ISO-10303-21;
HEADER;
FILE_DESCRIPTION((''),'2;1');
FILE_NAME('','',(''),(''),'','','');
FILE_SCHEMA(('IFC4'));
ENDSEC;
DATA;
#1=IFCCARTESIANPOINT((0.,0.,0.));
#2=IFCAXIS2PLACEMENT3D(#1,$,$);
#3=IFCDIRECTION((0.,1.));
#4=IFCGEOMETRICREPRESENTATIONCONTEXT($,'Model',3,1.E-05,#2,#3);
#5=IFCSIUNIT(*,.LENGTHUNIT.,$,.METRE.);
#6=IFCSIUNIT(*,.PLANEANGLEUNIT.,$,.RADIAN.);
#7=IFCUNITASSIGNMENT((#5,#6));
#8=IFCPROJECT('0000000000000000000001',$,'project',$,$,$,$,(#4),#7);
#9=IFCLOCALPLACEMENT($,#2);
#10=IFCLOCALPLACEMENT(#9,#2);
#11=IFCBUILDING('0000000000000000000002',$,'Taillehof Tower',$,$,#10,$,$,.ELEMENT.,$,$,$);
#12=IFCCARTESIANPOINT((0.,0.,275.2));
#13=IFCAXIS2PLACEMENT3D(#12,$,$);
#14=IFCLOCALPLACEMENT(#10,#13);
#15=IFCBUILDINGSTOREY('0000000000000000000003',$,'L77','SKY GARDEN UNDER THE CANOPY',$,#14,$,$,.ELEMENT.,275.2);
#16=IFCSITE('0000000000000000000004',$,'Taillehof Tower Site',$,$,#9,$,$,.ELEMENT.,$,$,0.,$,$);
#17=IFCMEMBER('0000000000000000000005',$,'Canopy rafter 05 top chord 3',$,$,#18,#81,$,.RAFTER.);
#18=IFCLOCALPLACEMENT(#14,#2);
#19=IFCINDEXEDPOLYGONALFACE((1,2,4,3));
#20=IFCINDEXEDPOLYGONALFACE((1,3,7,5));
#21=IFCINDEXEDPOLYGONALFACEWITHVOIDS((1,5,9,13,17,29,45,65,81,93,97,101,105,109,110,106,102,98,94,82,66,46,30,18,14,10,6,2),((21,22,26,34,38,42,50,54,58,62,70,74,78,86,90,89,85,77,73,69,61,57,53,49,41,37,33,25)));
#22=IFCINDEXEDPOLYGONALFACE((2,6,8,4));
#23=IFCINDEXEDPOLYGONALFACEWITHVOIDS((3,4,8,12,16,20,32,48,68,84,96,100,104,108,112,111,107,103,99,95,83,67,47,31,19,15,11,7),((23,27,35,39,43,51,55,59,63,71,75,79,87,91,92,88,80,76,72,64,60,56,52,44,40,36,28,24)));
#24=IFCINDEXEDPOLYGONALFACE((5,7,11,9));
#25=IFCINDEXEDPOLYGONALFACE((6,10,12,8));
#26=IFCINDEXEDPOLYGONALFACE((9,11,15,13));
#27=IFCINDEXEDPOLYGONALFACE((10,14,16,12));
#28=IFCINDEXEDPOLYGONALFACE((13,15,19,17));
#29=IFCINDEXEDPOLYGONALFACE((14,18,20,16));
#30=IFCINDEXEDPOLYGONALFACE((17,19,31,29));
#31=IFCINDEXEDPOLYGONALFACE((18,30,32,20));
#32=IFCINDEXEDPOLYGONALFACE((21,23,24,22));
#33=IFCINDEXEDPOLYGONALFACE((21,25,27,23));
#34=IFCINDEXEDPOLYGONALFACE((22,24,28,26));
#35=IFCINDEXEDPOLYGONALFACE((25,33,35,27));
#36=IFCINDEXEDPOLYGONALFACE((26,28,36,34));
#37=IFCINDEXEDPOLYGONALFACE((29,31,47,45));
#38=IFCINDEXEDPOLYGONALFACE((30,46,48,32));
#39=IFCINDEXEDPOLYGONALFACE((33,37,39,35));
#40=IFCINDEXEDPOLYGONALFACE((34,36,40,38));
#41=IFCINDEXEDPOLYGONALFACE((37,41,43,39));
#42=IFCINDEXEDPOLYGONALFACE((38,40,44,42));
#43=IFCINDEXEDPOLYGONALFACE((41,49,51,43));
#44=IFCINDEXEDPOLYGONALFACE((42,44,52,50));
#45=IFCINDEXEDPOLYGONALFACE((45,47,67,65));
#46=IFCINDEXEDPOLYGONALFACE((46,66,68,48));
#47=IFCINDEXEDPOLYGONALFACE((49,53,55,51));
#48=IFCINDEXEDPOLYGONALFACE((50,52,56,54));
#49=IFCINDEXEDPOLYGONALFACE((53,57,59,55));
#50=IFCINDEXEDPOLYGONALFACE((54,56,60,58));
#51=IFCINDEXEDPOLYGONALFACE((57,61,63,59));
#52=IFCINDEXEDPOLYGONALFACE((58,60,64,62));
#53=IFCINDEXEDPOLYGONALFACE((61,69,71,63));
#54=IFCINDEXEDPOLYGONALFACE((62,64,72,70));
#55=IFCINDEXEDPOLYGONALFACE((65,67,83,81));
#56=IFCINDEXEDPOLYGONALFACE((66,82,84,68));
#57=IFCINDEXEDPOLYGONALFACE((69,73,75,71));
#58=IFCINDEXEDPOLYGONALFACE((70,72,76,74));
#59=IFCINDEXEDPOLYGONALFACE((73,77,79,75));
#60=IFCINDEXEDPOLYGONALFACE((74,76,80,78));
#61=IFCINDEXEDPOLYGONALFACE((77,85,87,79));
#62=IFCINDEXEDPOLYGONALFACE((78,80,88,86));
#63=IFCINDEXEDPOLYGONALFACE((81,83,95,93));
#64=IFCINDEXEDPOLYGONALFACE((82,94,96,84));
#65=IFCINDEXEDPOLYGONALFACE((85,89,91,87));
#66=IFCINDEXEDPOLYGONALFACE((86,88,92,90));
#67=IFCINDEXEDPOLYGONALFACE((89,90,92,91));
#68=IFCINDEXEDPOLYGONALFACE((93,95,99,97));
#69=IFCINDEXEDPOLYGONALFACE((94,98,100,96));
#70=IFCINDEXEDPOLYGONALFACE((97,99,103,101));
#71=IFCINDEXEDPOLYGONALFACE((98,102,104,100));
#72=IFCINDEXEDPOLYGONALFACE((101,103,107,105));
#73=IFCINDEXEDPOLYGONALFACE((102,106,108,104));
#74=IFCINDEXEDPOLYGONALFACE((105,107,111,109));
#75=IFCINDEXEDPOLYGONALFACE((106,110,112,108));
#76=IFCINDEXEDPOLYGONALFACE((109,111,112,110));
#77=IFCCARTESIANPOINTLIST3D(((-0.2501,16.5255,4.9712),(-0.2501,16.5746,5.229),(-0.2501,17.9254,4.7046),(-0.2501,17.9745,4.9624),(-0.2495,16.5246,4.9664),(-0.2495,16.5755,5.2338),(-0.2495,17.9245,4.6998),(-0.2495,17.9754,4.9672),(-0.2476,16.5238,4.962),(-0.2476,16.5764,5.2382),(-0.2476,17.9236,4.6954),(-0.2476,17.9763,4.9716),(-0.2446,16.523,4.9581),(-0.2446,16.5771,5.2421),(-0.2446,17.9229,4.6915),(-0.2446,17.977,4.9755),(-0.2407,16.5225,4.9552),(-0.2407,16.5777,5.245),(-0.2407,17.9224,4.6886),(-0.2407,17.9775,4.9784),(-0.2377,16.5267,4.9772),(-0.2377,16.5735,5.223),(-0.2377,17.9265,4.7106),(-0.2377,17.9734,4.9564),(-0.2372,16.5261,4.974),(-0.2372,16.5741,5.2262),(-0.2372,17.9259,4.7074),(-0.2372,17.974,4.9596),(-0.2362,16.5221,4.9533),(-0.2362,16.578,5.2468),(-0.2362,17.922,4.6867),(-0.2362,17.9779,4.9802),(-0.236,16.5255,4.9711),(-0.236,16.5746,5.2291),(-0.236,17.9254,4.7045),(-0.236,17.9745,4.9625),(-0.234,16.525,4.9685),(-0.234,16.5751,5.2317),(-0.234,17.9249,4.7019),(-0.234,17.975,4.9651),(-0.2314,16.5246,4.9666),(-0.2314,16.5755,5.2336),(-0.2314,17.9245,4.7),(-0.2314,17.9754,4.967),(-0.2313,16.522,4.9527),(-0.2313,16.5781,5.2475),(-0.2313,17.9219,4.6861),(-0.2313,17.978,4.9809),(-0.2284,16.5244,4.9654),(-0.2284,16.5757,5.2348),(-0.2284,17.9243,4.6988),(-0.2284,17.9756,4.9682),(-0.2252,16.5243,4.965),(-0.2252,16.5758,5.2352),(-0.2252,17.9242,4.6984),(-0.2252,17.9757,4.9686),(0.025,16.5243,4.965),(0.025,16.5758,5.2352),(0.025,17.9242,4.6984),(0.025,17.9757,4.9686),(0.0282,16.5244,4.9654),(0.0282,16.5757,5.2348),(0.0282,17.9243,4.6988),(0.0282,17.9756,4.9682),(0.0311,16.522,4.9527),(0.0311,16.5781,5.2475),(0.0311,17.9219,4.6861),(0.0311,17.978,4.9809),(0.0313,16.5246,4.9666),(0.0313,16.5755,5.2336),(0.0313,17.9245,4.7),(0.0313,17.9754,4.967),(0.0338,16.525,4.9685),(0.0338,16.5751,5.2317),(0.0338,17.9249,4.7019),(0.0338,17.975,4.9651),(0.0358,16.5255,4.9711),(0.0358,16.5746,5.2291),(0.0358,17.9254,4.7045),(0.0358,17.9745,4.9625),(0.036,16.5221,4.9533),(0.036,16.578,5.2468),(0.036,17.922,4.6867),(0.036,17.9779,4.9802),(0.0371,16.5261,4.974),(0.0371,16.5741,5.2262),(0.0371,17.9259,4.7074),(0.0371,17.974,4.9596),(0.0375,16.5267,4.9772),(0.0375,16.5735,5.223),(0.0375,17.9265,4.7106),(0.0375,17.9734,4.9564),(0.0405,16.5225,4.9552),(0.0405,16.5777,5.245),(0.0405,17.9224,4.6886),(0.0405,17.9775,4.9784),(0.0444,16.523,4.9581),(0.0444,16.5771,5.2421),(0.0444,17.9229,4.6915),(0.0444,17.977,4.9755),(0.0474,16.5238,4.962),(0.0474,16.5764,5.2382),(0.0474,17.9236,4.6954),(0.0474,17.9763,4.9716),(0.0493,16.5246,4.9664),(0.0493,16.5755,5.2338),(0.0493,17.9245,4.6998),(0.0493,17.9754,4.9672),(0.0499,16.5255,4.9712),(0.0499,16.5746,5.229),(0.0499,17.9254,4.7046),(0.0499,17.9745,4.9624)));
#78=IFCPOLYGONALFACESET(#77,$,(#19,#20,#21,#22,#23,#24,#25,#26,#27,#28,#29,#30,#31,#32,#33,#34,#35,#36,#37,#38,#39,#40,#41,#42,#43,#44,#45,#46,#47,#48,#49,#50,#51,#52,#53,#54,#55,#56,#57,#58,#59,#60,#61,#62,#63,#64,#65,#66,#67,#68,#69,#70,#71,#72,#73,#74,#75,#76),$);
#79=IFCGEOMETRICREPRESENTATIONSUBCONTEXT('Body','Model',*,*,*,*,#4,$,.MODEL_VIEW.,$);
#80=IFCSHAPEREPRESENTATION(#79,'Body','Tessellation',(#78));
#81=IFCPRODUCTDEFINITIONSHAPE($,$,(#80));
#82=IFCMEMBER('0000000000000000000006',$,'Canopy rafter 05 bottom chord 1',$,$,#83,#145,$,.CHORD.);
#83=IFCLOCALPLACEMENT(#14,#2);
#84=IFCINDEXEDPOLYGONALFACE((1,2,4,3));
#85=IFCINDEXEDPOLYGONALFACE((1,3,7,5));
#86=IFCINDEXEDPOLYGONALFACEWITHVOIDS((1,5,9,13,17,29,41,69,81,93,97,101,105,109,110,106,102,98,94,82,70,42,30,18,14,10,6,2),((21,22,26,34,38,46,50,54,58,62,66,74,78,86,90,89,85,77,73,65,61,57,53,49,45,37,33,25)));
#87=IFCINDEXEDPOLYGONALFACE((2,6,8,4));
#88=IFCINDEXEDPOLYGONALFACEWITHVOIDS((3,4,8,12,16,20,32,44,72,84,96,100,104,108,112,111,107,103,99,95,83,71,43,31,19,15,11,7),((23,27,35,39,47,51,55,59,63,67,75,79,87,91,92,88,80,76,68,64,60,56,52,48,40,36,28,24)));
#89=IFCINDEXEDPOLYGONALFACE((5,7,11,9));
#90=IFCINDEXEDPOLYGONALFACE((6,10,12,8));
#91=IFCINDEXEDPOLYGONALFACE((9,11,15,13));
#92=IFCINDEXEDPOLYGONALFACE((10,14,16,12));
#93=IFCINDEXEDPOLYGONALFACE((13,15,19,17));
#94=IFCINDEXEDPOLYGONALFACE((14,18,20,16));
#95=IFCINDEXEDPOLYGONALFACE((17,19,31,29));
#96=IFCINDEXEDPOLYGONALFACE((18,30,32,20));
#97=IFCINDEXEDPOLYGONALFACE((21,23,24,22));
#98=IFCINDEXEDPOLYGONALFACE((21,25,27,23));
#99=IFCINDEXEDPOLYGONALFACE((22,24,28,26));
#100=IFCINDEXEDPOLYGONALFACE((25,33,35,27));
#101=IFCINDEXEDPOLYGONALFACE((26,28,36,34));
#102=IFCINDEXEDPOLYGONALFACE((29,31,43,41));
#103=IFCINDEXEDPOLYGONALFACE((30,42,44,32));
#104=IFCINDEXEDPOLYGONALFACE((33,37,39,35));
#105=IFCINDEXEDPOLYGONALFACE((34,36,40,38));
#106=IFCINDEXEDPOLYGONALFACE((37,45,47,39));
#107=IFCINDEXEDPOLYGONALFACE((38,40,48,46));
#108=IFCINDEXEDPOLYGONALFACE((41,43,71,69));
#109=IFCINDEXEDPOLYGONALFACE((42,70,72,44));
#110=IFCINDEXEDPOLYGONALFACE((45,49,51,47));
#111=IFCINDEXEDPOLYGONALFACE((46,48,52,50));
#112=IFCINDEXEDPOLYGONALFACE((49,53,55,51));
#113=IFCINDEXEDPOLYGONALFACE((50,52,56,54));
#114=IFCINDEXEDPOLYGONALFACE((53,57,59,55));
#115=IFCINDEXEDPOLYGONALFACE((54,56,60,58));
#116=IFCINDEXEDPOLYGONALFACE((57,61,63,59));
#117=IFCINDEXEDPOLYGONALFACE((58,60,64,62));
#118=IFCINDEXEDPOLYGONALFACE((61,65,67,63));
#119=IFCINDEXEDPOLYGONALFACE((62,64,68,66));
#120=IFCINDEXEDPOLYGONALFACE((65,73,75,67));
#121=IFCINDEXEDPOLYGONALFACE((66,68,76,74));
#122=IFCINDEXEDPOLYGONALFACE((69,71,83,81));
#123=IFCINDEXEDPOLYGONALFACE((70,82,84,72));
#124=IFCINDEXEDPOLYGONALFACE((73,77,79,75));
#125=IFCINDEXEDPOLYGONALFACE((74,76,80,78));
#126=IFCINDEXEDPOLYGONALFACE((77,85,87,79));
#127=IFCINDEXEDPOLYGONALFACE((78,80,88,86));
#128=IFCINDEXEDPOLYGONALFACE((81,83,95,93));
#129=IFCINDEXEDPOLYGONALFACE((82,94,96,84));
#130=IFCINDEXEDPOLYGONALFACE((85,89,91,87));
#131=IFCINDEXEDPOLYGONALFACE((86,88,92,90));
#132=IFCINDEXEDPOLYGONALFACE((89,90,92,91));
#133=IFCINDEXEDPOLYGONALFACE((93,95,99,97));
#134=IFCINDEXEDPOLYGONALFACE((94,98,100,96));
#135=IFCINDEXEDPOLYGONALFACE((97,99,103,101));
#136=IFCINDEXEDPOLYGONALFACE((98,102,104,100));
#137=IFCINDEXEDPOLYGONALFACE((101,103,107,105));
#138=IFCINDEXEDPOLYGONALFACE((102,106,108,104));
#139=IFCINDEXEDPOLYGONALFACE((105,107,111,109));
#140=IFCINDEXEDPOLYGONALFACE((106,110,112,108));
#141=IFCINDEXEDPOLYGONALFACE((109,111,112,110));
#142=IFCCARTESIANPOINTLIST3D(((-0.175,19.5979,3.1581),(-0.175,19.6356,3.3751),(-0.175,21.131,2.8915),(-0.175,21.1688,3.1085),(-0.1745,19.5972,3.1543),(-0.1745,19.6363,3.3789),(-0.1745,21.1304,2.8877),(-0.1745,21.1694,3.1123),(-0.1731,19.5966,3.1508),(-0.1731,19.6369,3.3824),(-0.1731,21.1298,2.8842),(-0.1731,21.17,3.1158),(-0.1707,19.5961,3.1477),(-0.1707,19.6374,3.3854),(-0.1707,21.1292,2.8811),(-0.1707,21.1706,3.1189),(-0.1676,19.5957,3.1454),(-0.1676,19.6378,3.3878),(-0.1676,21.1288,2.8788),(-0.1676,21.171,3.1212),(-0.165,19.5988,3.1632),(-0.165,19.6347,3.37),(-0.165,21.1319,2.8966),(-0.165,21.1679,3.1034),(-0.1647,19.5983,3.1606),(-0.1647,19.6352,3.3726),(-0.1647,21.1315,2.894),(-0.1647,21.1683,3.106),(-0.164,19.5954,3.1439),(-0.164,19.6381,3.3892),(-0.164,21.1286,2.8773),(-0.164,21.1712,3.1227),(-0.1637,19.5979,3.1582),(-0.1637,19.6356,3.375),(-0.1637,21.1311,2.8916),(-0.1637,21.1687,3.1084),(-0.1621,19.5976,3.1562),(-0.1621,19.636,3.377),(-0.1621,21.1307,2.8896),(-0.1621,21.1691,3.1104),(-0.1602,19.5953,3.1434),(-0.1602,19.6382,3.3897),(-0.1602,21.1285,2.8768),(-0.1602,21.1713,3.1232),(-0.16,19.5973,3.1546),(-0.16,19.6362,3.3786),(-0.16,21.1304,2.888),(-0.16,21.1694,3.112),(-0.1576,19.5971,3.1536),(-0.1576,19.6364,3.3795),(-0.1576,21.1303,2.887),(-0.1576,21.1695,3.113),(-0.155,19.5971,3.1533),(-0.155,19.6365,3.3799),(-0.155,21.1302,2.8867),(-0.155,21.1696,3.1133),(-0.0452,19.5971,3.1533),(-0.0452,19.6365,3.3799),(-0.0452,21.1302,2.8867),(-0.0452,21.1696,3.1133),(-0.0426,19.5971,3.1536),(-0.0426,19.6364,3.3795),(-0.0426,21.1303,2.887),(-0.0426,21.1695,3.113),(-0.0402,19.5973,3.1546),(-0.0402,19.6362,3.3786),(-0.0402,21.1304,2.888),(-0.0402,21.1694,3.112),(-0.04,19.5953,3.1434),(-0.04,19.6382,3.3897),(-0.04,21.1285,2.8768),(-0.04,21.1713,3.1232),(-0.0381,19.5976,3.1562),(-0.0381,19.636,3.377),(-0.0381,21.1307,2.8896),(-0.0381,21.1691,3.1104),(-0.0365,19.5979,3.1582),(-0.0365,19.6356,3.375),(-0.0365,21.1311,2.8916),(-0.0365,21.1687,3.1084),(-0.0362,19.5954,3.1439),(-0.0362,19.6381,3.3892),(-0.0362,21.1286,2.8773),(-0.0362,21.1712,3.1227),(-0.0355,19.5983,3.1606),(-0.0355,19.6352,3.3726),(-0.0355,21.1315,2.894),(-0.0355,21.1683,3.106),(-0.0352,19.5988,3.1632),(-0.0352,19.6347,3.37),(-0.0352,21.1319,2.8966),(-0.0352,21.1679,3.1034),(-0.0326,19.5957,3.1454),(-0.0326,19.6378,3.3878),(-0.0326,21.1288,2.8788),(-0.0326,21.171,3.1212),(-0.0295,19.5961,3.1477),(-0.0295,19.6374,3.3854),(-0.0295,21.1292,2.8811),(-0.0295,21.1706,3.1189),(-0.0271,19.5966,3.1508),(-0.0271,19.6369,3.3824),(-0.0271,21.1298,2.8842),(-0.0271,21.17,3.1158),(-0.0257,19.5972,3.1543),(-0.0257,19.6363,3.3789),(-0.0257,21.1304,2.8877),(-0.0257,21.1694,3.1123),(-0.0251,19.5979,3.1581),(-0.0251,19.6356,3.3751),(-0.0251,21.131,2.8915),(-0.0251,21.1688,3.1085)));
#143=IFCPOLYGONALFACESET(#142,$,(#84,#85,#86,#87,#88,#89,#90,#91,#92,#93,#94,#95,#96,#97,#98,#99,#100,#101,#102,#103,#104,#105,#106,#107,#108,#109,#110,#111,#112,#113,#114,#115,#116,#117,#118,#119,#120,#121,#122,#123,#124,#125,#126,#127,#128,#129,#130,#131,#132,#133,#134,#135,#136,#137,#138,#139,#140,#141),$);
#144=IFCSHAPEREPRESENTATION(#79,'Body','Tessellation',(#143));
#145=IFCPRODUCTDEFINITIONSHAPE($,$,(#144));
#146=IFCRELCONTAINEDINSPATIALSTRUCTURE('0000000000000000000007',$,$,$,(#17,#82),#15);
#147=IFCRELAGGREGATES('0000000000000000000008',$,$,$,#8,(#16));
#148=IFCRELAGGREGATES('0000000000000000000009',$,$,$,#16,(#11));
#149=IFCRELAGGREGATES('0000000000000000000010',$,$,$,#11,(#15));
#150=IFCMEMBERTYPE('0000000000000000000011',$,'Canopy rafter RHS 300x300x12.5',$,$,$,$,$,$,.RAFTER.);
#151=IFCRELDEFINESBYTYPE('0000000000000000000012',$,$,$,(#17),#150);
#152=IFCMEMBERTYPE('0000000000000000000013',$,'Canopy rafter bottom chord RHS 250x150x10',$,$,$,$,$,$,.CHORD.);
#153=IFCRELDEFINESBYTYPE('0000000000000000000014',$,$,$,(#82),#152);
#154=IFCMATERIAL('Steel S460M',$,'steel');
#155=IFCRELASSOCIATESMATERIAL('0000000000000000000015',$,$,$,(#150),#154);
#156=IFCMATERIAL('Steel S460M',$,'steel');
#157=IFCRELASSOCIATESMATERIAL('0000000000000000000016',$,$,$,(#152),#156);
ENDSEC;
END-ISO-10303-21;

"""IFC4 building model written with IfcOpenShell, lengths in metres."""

from ifc_helpers import new_model, si_unit, direction, frame, origin, origin_2d, place, context, subcontext, project, spatial, hollow_rectangle, extrude, material, material_profile, profile_set, type_object, element, save


model = new_model("IFC4")

# Units and contexts
model_context = context("Model", 3, precision=1e-05, world=origin(), true_north=direction((0.0, 1.0)))
body_context = subcontext(model_context, "Body", "Model", "MODEL_VIEW")
ifc_project = project(units=[si_unit("LENGTHUNIT", "METRE"), si_unit("PLANEANGLEUNIT", "RADIAN")], contexts=[model_context])

# Site, building, storey
site_placement = place(None, origin())
site = spatial("IfcSite", under=ifc_project, at=site_placement, Name="Taillehof Tower Site", CompositionType="ELEMENT", RefElevation=0.0)
building_placement = place(site_placement, origin())
building = spatial("IfcBuilding", under=site, at=building_placement, Name="Taillehof Tower", CompositionType="ELEMENT")
storey_placement = place(building_placement, frame((0.0, 0.0, 275.2)))
storey = spatial("IfcBuildingStorey", under=building, at=storey_placement, Name="L77", Description="SKY GARDEN UNDER THE CANOPY", CompositionType="ELEMENT", Elevation=275.2)

# Members
ifc_material_1 = material(Name="Steel S460M", Category="steel")
ifc_material_profile_1 = material_profile(ifc_material_1, hollow_rectangle(XDim=0.3, YDim=0.3, WallThickness=0.0125, InnerFilletRadius=0.0125, OuterFilletRadius=0.0188, at=origin_2d()), Name="RHS 300x300x12.5")
ifc_profile_set_1 = profile_set([ifc_material_profile_1], Name="Steel S460M")
member_type_1 = type_object("IfcMemberType", Name="Canopy rafter RHS 300x300x12.5", PredefinedType="RAFTER", material=ifc_profile_set_1)
member_1_placement = place(storey_placement, frame((-0.1001, 17.95, 4.8335), z_axis=(0.0, -0.982345, 0.187081), x_axis=(1.0, 0.0, 0.0)))
element("IfcMember", 1, at=member_1_placement, inside=storey, type_object=member_type_1, Name="Canopy rafter 05 top chord 3", PredefinedType="RAFTER", context=body_context, shape_type="SweptSolid", body=[
    extrude(hollow_rectangle(XDim=0.3, YDim=0.3, WallThickness=0.0125, InnerFilletRadius=0.0125, OuterFilletRadius=0.0188, at=origin_2d()), origin(), (0.0, 0.0, 1.0), 1.425),
])
ifc_material_2 = material(Name="Steel S460M", Category="steel")
ifc_material_profile_2 = material_profile(ifc_material_2, hollow_rectangle(XDim=0.1499, YDim=0.25, WallThickness=0.01, InnerFilletRadius=0.01, OuterFilletRadius=0.0149, at=origin_2d()), Name="RHS 250x150x10")
ifc_profile_set_2 = profile_set([ifc_material_profile_2], Name="Steel S460M")
member_type_2 = type_object("IfcMemberType", Name="Canopy rafter bottom chord RHS 250x150x10", PredefinedType="CHORD", material=ifc_profile_set_2)
member_2_placement = place(storey_placement, frame((-0.1001, 21.1499, 3.0), z_axis=(0.0, -0.985216, 0.171315), x_axis=(1.0, 0.0, 0.0)))
element("IfcMember", 2, at=member_2_placement, inside=storey, type_object=member_type_2, Name="Canopy rafter 05 bottom chord 1", PredefinedType="CHORD", context=body_context, shape_type="SweptSolid", body=[
    extrude(hollow_rectangle(XDim=0.1499, YDim=0.25, WallThickness=0.01, InnerFilletRadius=0.01, OuterFilletRadius=0.0149, at=origin_2d()), origin(), (0.0, 0.0, 1.0), 1.5562),
])

save(model, "model.ifc")
